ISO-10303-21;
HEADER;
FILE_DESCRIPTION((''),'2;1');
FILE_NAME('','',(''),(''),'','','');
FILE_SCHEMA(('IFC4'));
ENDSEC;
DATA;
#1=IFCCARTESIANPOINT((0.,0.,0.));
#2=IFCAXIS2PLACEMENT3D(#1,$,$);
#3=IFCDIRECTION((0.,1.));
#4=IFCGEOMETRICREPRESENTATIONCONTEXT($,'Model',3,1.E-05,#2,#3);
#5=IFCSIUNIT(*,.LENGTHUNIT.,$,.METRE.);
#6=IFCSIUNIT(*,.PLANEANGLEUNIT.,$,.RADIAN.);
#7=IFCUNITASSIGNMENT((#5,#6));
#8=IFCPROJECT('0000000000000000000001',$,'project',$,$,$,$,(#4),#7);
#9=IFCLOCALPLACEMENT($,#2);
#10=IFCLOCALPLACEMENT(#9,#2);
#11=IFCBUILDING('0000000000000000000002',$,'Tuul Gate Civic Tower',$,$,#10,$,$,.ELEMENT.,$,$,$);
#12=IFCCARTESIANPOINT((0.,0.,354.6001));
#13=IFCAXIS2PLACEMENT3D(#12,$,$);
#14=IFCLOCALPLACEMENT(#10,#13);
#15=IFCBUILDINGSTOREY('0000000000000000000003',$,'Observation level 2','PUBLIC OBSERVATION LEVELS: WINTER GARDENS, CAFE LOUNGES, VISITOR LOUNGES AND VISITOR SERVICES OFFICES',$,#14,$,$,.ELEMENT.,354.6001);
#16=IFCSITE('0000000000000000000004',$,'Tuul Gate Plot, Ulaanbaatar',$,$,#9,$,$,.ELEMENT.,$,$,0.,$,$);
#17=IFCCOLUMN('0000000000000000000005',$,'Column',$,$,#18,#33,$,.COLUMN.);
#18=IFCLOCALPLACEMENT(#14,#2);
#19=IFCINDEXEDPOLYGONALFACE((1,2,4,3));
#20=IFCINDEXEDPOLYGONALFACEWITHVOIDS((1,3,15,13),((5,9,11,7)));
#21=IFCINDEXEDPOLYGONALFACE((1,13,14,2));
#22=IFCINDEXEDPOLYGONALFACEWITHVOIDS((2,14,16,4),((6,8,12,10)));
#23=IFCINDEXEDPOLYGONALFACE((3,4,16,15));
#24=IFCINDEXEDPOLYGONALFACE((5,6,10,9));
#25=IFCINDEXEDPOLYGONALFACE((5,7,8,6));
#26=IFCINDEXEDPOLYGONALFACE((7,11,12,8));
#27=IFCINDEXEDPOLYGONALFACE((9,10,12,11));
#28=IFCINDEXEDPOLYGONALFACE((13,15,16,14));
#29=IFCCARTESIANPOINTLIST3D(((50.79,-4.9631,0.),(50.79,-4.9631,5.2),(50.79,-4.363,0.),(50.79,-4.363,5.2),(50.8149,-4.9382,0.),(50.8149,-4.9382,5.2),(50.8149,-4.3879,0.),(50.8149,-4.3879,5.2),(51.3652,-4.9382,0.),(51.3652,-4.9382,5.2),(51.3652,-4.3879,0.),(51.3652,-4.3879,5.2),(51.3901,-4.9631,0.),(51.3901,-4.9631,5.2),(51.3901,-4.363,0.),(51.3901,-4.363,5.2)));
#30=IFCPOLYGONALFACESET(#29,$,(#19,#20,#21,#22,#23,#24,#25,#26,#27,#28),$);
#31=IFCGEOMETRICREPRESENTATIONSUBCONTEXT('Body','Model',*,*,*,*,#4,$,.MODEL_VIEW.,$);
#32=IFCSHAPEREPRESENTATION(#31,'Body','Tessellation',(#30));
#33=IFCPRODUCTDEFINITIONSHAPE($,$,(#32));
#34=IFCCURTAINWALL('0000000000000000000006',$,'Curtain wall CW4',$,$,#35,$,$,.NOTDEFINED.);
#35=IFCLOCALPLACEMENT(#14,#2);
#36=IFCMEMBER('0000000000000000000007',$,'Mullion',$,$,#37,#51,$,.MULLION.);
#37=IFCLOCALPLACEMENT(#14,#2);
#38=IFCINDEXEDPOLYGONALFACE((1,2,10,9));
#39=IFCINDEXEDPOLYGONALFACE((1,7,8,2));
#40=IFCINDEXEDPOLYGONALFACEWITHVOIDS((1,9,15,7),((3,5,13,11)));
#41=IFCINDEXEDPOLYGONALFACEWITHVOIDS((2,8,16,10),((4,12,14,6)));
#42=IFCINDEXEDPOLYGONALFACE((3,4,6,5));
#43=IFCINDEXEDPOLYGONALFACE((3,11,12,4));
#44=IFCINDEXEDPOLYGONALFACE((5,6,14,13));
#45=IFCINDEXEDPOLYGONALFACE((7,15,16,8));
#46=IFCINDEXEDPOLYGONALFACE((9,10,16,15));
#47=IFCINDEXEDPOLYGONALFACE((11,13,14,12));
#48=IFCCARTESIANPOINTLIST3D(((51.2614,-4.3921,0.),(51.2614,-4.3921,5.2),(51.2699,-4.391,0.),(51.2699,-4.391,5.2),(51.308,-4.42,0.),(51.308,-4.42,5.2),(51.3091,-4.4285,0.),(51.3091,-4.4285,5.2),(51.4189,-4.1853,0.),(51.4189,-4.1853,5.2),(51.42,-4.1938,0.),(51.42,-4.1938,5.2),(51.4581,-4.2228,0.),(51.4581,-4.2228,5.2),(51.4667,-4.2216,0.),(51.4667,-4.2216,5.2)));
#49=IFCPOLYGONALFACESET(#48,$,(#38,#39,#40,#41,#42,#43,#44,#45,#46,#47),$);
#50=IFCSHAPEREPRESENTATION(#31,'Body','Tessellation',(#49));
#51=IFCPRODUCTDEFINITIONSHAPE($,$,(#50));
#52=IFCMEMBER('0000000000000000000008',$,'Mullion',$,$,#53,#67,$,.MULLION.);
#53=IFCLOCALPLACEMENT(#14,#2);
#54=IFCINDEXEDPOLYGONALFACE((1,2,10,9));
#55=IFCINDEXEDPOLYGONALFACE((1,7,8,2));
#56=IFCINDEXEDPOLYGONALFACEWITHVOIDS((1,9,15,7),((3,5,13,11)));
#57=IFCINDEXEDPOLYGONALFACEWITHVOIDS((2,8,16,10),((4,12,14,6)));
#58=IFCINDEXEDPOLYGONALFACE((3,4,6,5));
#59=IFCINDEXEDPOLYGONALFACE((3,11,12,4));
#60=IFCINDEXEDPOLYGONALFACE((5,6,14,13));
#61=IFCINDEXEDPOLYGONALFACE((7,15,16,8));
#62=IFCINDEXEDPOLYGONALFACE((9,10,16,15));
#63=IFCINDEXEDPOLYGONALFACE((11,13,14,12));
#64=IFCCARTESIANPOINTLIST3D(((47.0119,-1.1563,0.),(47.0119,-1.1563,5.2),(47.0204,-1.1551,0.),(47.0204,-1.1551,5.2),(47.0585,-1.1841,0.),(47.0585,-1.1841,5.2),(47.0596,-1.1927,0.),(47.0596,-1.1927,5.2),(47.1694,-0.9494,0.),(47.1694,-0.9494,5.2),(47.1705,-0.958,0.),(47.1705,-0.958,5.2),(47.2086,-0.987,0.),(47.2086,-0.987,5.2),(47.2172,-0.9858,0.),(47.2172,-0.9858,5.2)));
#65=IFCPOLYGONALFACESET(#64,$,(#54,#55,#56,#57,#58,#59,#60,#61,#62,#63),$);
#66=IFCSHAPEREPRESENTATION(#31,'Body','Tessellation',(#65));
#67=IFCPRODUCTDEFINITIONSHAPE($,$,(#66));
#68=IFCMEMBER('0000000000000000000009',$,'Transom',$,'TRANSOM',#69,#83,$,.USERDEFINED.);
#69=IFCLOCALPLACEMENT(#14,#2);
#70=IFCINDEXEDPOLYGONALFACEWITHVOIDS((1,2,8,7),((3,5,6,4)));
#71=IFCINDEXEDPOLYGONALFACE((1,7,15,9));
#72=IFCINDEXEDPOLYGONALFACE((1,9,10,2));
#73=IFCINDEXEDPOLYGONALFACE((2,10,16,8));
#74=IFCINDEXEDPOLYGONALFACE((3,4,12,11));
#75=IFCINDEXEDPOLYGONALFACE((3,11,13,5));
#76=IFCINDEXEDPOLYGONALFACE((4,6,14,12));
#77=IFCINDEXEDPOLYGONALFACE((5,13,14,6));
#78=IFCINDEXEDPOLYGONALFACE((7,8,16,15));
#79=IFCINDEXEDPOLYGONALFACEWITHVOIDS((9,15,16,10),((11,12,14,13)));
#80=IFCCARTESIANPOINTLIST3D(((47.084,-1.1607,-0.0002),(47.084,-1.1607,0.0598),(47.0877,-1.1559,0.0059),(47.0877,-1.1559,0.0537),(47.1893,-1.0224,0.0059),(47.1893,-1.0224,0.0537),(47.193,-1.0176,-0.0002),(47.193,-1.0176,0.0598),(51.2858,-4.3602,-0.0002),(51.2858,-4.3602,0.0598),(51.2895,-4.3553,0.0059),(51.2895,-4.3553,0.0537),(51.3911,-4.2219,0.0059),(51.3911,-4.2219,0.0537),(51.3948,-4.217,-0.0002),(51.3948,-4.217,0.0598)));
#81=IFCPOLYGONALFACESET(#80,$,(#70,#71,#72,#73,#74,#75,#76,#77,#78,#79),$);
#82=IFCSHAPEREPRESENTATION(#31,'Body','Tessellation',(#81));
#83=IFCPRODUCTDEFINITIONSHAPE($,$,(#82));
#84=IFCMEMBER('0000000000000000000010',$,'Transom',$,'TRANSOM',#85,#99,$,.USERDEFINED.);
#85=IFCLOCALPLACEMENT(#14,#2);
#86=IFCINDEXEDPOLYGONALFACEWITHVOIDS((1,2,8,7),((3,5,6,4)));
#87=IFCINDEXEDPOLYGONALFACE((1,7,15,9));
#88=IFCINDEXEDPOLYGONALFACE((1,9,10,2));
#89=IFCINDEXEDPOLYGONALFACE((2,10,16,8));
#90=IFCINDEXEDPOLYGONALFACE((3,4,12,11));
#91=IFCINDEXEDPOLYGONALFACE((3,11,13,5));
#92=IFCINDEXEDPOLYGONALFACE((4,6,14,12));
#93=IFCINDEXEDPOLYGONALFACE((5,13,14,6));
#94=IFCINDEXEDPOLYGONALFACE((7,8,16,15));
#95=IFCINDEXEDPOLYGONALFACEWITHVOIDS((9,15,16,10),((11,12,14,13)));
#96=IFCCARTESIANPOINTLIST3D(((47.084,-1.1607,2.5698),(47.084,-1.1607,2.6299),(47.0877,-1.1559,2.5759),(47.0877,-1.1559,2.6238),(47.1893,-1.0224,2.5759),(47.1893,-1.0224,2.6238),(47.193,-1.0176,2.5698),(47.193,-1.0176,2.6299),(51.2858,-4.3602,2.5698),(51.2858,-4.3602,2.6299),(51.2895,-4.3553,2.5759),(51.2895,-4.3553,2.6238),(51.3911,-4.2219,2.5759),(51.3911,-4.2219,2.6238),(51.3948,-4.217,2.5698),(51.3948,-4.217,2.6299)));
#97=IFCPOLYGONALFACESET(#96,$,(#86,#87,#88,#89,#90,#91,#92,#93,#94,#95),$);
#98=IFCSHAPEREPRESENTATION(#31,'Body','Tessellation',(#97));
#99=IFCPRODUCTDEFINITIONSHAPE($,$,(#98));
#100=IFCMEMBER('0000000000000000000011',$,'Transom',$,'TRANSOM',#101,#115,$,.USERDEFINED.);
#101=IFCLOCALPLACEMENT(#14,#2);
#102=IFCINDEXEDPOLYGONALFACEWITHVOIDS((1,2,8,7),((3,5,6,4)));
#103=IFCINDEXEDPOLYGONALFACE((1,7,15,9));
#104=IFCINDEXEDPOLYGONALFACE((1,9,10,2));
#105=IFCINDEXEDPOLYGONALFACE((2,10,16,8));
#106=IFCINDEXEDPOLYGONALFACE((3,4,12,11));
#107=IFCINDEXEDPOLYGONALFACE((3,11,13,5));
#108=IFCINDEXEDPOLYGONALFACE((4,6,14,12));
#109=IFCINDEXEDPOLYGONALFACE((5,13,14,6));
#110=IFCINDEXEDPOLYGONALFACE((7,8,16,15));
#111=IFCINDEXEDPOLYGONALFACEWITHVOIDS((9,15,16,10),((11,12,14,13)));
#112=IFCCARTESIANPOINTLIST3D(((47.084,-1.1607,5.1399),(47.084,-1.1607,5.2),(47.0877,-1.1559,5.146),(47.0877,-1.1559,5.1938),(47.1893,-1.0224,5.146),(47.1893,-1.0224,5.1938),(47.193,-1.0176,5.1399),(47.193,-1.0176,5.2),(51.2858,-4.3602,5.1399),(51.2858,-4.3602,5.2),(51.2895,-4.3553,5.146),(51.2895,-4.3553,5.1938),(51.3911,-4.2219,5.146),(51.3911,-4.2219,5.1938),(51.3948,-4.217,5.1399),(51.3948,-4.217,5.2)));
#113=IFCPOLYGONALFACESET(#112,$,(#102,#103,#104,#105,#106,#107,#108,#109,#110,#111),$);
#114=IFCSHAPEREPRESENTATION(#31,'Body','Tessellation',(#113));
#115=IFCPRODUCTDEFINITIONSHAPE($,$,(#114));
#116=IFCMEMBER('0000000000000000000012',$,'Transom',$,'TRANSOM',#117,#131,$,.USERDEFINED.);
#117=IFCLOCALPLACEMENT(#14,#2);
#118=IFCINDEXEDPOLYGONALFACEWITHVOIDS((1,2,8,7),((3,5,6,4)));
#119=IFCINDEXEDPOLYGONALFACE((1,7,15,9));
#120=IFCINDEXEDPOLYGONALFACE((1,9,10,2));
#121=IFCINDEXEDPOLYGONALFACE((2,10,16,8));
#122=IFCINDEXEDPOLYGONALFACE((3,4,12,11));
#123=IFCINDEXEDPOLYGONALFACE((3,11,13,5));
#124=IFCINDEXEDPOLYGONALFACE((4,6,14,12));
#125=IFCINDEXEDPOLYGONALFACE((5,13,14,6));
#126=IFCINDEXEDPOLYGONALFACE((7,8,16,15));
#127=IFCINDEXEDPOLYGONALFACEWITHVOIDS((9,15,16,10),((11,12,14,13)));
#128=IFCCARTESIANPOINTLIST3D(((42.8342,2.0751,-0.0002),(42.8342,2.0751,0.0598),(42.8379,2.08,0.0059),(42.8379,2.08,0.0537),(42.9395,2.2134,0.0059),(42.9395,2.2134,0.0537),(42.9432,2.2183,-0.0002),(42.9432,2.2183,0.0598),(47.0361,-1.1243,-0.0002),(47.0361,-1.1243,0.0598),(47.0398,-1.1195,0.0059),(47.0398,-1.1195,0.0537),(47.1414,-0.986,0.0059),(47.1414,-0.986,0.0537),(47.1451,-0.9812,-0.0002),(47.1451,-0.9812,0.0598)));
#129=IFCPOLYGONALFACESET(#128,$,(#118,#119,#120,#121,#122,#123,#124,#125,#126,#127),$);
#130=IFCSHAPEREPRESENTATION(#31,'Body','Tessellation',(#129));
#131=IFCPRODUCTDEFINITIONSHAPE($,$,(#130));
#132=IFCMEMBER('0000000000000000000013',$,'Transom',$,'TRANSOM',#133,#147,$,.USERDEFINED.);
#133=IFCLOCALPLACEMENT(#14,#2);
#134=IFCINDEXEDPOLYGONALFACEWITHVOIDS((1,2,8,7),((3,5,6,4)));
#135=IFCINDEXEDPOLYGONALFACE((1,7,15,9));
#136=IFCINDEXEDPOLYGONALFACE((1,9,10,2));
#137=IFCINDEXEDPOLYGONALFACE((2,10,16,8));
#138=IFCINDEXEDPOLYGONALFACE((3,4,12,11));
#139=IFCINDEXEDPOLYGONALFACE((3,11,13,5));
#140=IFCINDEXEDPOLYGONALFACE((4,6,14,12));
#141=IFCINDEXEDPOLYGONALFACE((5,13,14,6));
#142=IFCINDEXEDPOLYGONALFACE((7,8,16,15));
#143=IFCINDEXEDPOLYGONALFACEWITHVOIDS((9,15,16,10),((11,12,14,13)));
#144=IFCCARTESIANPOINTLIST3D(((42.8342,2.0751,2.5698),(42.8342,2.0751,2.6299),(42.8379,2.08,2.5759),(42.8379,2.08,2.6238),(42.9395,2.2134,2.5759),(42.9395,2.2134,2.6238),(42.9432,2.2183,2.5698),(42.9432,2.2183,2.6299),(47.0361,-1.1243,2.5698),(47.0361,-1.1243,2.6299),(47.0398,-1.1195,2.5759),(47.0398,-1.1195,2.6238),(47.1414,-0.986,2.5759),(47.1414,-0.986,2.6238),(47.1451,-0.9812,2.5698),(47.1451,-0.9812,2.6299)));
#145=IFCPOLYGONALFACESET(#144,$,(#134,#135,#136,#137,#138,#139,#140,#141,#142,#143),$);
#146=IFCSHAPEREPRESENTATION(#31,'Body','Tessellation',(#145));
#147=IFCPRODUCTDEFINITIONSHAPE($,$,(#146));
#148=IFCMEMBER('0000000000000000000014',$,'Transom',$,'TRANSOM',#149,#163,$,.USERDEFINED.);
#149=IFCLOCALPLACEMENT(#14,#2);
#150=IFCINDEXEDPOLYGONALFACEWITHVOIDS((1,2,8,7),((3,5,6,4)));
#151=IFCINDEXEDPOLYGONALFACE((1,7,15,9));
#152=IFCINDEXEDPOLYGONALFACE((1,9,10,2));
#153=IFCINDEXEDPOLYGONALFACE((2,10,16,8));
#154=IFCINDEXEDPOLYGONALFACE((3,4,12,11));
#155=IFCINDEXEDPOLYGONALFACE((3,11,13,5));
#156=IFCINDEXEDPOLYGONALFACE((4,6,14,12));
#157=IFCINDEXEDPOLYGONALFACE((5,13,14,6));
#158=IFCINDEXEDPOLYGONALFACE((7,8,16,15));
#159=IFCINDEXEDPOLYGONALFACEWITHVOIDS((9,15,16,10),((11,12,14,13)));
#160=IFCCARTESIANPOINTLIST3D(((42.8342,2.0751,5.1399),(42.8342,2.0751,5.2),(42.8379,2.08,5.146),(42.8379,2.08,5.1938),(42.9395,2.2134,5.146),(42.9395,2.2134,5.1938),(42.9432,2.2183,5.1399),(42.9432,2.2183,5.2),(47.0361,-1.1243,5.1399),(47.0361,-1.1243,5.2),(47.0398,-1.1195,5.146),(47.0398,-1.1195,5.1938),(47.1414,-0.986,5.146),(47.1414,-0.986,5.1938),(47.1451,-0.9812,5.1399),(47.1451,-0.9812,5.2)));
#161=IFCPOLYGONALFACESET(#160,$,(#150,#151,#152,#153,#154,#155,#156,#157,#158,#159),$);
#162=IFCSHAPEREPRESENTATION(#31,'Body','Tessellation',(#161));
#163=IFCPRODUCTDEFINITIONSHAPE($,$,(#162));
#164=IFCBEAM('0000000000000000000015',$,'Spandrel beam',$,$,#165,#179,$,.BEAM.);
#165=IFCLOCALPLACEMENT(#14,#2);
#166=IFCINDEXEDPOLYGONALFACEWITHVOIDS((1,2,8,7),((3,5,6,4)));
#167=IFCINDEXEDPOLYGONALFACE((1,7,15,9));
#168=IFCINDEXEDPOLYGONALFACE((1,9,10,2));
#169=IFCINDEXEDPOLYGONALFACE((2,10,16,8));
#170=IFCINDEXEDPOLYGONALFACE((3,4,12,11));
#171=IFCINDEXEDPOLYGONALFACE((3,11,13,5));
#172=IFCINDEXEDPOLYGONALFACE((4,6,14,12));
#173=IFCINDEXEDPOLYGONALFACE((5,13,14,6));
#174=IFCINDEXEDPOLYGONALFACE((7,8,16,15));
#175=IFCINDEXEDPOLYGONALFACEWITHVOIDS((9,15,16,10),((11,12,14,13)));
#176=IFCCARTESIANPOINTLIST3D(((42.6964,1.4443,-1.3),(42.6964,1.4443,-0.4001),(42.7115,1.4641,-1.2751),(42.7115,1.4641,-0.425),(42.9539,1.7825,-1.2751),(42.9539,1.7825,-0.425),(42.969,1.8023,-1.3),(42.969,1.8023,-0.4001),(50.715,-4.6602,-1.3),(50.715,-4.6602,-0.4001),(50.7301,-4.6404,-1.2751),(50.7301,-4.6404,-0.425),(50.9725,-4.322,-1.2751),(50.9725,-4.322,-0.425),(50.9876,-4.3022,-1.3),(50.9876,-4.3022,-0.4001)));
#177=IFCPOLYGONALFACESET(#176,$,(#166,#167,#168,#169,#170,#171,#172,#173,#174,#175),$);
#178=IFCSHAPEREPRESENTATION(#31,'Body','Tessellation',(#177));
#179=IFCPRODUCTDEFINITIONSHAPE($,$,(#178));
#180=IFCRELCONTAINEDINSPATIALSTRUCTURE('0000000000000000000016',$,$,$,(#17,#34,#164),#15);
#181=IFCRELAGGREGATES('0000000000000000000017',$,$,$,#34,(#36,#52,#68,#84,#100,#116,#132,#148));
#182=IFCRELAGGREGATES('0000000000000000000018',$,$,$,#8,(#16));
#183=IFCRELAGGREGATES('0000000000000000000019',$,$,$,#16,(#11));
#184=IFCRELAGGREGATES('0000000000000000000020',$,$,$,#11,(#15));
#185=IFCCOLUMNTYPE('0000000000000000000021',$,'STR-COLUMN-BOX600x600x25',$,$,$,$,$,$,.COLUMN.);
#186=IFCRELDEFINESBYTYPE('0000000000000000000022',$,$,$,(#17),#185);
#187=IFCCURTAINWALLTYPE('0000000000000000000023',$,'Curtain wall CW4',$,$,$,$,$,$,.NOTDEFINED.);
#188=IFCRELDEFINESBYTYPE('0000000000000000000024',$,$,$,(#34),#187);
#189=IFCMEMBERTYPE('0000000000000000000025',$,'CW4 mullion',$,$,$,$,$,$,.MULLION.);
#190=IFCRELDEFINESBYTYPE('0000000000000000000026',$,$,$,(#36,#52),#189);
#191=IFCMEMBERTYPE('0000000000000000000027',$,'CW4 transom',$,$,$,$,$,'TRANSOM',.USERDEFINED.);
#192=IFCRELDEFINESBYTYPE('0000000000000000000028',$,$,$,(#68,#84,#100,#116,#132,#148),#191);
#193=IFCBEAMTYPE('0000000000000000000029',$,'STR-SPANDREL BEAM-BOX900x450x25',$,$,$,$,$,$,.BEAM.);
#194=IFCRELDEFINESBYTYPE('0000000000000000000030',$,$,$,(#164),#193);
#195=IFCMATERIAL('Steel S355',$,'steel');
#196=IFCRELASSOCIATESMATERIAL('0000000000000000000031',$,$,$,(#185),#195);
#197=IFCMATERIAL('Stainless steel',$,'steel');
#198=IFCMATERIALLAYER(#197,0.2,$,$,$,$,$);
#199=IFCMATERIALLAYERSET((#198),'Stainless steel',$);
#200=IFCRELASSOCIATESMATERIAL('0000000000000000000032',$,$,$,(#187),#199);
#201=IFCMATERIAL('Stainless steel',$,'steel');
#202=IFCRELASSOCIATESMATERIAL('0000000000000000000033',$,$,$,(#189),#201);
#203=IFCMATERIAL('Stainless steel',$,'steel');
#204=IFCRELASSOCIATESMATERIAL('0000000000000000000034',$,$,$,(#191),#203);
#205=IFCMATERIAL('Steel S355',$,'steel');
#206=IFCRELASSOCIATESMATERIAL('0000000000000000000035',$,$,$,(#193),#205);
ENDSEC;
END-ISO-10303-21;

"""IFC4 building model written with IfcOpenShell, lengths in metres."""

from ifc_helpers import new_model, si_unit, direction, frame, origin, origin_2d, place, context, subcontext, project, spatial, hollow_rectangle, extrude, material, layer, layer_set, material_profile, profile_set, type_object, element, aggregate, save


model = new_model("IFC4")

# Units and contexts
model_context = context("Model", 3, precision=1e-05, world=origin(), true_north=direction((0.0, 1.0)))
body_context = subcontext(model_context, "Body", "Model", "MODEL_VIEW")
ifc_project = project(units=[si_unit("LENGTHUNIT", "METRE"), si_unit("PLANEANGLEUNIT", "RADIAN")], contexts=[model_context])

# Site, building, storey
site_placement = place(None, origin())
site = spatial("IfcSite", under=ifc_project, at=site_placement, Name="Tuul Gate Plot, Ulaanbaatar", CompositionType="ELEMENT", RefElevation=0.0)
building_placement = place(site_placement, origin())
building = spatial("IfcBuilding", under=site, at=building_placement, Name="Tuul Gate Civic Tower", CompositionType="ELEMENT")
storey_placement = place(building_placement, frame((0.0, 0.0, 354.6001)))
storey = spatial("IfcBuildingStorey", under=building, at=storey_placement, Name="Observation level 2", Description="PUBLIC OBSERVATION LEVELS: WINTER GARDENS, CAFE LOUNGES, VISITOR LOUNGES AND VISITOR SERVICES OFFICES", CompositionType="ELEMENT", Elevation=354.6001)

# Column
ifc_material_1 = material(Name="Steel S355", Category="steel")
ifc_material_profile_1 = material_profile(ifc_material_1, hollow_rectangle(XDim=0.6001, YDim=0.6001, WallThickness=0.0249, at=origin_2d()), Name="BOX600x600x25")
ifc_profile_set_1 = profile_set([ifc_material_profile_1], Name="Steel S355")
column_type = type_object("IfcColumnType", Name="STR-COLUMN-BOX600x600x25", PredefinedType="COLUMN", material=ifc_profile_set_1)
column_placement = place(storey_placement, frame((51.0901, -4.6631, 0.0), z_axis=(0.0, 0.0, 1.0), x_axis=(1.0, 0.0, 0.0)))
element("IfcColumn", 1, at=column_placement, inside=storey, type_object=column_type, Name="Column", PredefinedType="COLUMN", context=body_context, shape_type="SweptSolid", body=[
    extrude(hollow_rectangle(XDim=0.6001, YDim=0.6001, WallThickness=0.0249, at=origin_2d()), origin(), (0.0, 0.0, 1.0), 5.2),
])

# Curtain wall, members
ifc_material_2 = material(Name="Stainless steel", Category="steel")
ifc_layer_1 = layer(ifc_material_2, 0.2)
ifc_layer_set_1 = layer_set([ifc_layer_1], Name="Stainless steel")
curtain_wall_type = type_object("IfcCurtainWallType", Name="Curtain wall CW4", PredefinedType="NOTDEFINED", material=ifc_layer_set_1)
curtain_wall_placement = place(storey_placement, origin())
curtain_wall = element("IfcCurtainWall", 2, at=curtain_wall_placement, inside=storey, type_object=curtain_wall_type, Name="Curtain wall CW4", PredefinedType="NOTDEFINED")
ifc_material_3 = material(Name="Stainless steel", Category="steel")
ifc_material_profile_2 = material_profile(ifc_material_3, hollow_rectangle(XDim=0.26, YDim=0.0601, WallThickness=0.0061, at=origin_2d()), Name="CW4 mullion")
ifc_profile_set_2 = profile_set([ifc_material_profile_2], Name="Stainless steel")
member_type_1 = type_object("IfcMemberType", Name="CW4 mullion", PredefinedType="MULLION", material=ifc_profile_set_2)
member_1_placement = place(storey_placement, frame((51.364, -4.3069, 0.0), z_axis=(0.0, 0.0, 1.0), x_axis=(-0.605808, -0.795611, 0.0)))
member_1 = element("IfcMember", 3, at=member_1_placement, type_object=member_type_1, Name="Mullion", PredefinedType="MULLION", context=body_context, shape_type="SweptSolid", body=[
    extrude(hollow_rectangle(XDim=0.26, YDim=0.0601, WallThickness=0.0061, at=origin_2d()), origin(), (0.0, 0.0, 1.0), 5.2),
])
member_2_placement = place(storey_placement, frame((47.1145, -1.071, 0.0), z_axis=(0.0, 0.0, 1.0), x_axis=(-0.605808, -0.795611, 0.0)))
member_2 = element("IfcMember", 4, at=member_2_placement, type_object=member_type_1, Name="Mullion", PredefinedType="MULLION", context=body_context, shape_type="SweptSolid", body=[
    extrude(hollow_rectangle(XDim=0.26, YDim=0.0601, WallThickness=0.0061, at=origin_2d()), origin(), (0.0, 0.0, 1.0), 5.2),
])
ifc_material_4 = material(Name="Stainless steel", Category="steel")
ifc_material_profile_3 = material_profile(ifc_material_4, hollow_rectangle(XDim=0.1799, YDim=0.0601, WallThickness=0.0061, at=origin_2d()), Name="CW4 transom")
ifc_profile_set_3 = profile_set([ifc_material_profile_3], Name="Stainless steel")
member_type_2 = type_object("IfcMemberType", Name="CW4 transom", ElementType="TRANSOM", PredefinedType="USERDEFINED", material=ifc_profile_set_3)
member_3_placement = place(storey_placement, frame((51.3403, -4.2886, 0.0298), z_axis=(-0.795613, 0.605805, 0.0), x_axis=(-0.605805, -0.795613, 0.0)))
member_3 = element("IfcMember", 5, at=member_3_placement, type_object=member_type_2, Name="Transom", ObjectType="TRANSOM", PredefinedType="USERDEFINED", context=body_context, shape_type="SweptSolid", body=[
    extrude(hollow_rectangle(XDim=0.1799, YDim=0.0601, WallThickness=0.0061, at=origin_2d()), origin(), (0.0, 0.0, 1.0), 5.2812),
])
member_4_placement = place(storey_placement, frame((51.3403, -4.2886, 2.5999), z_axis=(-0.795613, 0.605805, 0.0), x_axis=(-0.605805, -0.795613, 0.0)))
member_4 = element("IfcMember", 6, at=member_4_placement, type_object=member_type_2, Name="Transom", ObjectType="TRANSOM", PredefinedType="USERDEFINED", context=body_context, shape_type="SweptSolid", body=[
    extrude(hollow_rectangle(XDim=0.1799, YDim=0.0601, WallThickness=0.0061, at=origin_2d()), origin(), (0.0, 0.0, 1.0), 5.2812),
])
member_5_placement = place(storey_placement, frame((51.3403, -4.2886, 5.1699), z_axis=(-0.795613, 0.605805, 0.0), x_axis=(-0.605805, -0.795613, 0.0)))
member_5 = element("IfcMember", 7, at=member_5_placement, type_object=member_type_2, Name="Transom", ObjectType="TRANSOM", PredefinedType="USERDEFINED", context=body_context, shape_type="SweptSolid", body=[
    extrude(hollow_rectangle(XDim=0.1799, YDim=0.0601, WallThickness=0.0061, at=origin_2d()), origin(), (0.0, 0.0, 1.0), 5.2812),
])
member_6_placement = place(storey_placement, frame((47.0906, -1.0527, 0.0298), z_axis=(-0.795613, 0.605805, 0.0), x_axis=(-0.605805, -0.795613, 0.0)))
member_6 = element("IfcMember", 8, at=member_6_placement, type_object=member_type_2, Name="Transom", ObjectType="TRANSOM", PredefinedType="USERDEFINED", context=body_context, shape_type="SweptSolid", body=[
    extrude(hollow_rectangle(XDim=0.1799, YDim=0.0601, WallThickness=0.0061, at=origin_2d()), origin(), (0.0, 0.0, 1.0), 5.2812),
])
member_7_placement = place(storey_placement, frame((47.0906, -1.0527, 2.5999), z_axis=(-0.795613, 0.605805, 0.0), x_axis=(-0.605805, -0.795613, 0.0)))
member_7 = element("IfcMember", 9, at=member_7_placement, type_object=member_type_2, Name="Transom", ObjectType="TRANSOM", PredefinedType="USERDEFINED", context=body_context, shape_type="SweptSolid", body=[
    extrude(hollow_rectangle(XDim=0.1799, YDim=0.0601, WallThickness=0.0061, at=origin_2d()), origin(), (0.0, 0.0, 1.0), 5.2812),
])
member_8_placement = place(storey_placement, frame((47.0906, -1.0527, 5.1699), z_axis=(-0.795613, 0.605805, 0.0), x_axis=(-0.605805, -0.795613, 0.0)))
member_8 = element("IfcMember", 10, at=member_8_placement, type_object=member_type_2, Name="Transom", ObjectType="TRANSOM", PredefinedType="USERDEFINED", context=body_context, shape_type="SweptSolid", body=[
    extrude(hollow_rectangle(XDim=0.1799, YDim=0.0601, WallThickness=0.0061, at=origin_2d()), origin(), (0.0, 0.0, 1.0), 5.2812),
])

# Beam
ifc_material_5 = material(Name="Steel S355", Category="steel")
ifc_material_profile_4 = material_profile(ifc_material_5, hollow_rectangle(XDim=0.45, YDim=0.8999, WallThickness=0.0249, at=origin_2d()), Name="BOX900x450x25")
ifc_profile_set_4 = profile_set([ifc_material_profile_4], Name="Steel S355")
beam_type = type_object("IfcBeamType", Name="STR-SPANDREL BEAM-BOX900x450x25", PredefinedType="BEAM", material=ifc_profile_set_4)
beam_placement = place(storey_placement, frame((50.8513, -4.4812, -0.8501), z_axis=(-0.795665, 0.605737, 0.0), x_axis=(-0.605737, -0.795665, 0.0)))
element("IfcBeam", 11, at=beam_placement, inside=storey, type_object=beam_type, Name="Spandrel beam", PredefinedType="BEAM", context=body_context, shape_type="SweptSolid", body=[
    extrude(hollow_rectangle(XDim=0.45, YDim=0.8999, WallThickness=0.0249, at=origin_2d()), origin(), (0.0, 0.0, 1.0), 10.0779),
])

aggregate(curtain_wall, [member_1, member_2, member_3, member_4, member_5, member_6, member_7, member_8])

save(model, "model.ifc")
